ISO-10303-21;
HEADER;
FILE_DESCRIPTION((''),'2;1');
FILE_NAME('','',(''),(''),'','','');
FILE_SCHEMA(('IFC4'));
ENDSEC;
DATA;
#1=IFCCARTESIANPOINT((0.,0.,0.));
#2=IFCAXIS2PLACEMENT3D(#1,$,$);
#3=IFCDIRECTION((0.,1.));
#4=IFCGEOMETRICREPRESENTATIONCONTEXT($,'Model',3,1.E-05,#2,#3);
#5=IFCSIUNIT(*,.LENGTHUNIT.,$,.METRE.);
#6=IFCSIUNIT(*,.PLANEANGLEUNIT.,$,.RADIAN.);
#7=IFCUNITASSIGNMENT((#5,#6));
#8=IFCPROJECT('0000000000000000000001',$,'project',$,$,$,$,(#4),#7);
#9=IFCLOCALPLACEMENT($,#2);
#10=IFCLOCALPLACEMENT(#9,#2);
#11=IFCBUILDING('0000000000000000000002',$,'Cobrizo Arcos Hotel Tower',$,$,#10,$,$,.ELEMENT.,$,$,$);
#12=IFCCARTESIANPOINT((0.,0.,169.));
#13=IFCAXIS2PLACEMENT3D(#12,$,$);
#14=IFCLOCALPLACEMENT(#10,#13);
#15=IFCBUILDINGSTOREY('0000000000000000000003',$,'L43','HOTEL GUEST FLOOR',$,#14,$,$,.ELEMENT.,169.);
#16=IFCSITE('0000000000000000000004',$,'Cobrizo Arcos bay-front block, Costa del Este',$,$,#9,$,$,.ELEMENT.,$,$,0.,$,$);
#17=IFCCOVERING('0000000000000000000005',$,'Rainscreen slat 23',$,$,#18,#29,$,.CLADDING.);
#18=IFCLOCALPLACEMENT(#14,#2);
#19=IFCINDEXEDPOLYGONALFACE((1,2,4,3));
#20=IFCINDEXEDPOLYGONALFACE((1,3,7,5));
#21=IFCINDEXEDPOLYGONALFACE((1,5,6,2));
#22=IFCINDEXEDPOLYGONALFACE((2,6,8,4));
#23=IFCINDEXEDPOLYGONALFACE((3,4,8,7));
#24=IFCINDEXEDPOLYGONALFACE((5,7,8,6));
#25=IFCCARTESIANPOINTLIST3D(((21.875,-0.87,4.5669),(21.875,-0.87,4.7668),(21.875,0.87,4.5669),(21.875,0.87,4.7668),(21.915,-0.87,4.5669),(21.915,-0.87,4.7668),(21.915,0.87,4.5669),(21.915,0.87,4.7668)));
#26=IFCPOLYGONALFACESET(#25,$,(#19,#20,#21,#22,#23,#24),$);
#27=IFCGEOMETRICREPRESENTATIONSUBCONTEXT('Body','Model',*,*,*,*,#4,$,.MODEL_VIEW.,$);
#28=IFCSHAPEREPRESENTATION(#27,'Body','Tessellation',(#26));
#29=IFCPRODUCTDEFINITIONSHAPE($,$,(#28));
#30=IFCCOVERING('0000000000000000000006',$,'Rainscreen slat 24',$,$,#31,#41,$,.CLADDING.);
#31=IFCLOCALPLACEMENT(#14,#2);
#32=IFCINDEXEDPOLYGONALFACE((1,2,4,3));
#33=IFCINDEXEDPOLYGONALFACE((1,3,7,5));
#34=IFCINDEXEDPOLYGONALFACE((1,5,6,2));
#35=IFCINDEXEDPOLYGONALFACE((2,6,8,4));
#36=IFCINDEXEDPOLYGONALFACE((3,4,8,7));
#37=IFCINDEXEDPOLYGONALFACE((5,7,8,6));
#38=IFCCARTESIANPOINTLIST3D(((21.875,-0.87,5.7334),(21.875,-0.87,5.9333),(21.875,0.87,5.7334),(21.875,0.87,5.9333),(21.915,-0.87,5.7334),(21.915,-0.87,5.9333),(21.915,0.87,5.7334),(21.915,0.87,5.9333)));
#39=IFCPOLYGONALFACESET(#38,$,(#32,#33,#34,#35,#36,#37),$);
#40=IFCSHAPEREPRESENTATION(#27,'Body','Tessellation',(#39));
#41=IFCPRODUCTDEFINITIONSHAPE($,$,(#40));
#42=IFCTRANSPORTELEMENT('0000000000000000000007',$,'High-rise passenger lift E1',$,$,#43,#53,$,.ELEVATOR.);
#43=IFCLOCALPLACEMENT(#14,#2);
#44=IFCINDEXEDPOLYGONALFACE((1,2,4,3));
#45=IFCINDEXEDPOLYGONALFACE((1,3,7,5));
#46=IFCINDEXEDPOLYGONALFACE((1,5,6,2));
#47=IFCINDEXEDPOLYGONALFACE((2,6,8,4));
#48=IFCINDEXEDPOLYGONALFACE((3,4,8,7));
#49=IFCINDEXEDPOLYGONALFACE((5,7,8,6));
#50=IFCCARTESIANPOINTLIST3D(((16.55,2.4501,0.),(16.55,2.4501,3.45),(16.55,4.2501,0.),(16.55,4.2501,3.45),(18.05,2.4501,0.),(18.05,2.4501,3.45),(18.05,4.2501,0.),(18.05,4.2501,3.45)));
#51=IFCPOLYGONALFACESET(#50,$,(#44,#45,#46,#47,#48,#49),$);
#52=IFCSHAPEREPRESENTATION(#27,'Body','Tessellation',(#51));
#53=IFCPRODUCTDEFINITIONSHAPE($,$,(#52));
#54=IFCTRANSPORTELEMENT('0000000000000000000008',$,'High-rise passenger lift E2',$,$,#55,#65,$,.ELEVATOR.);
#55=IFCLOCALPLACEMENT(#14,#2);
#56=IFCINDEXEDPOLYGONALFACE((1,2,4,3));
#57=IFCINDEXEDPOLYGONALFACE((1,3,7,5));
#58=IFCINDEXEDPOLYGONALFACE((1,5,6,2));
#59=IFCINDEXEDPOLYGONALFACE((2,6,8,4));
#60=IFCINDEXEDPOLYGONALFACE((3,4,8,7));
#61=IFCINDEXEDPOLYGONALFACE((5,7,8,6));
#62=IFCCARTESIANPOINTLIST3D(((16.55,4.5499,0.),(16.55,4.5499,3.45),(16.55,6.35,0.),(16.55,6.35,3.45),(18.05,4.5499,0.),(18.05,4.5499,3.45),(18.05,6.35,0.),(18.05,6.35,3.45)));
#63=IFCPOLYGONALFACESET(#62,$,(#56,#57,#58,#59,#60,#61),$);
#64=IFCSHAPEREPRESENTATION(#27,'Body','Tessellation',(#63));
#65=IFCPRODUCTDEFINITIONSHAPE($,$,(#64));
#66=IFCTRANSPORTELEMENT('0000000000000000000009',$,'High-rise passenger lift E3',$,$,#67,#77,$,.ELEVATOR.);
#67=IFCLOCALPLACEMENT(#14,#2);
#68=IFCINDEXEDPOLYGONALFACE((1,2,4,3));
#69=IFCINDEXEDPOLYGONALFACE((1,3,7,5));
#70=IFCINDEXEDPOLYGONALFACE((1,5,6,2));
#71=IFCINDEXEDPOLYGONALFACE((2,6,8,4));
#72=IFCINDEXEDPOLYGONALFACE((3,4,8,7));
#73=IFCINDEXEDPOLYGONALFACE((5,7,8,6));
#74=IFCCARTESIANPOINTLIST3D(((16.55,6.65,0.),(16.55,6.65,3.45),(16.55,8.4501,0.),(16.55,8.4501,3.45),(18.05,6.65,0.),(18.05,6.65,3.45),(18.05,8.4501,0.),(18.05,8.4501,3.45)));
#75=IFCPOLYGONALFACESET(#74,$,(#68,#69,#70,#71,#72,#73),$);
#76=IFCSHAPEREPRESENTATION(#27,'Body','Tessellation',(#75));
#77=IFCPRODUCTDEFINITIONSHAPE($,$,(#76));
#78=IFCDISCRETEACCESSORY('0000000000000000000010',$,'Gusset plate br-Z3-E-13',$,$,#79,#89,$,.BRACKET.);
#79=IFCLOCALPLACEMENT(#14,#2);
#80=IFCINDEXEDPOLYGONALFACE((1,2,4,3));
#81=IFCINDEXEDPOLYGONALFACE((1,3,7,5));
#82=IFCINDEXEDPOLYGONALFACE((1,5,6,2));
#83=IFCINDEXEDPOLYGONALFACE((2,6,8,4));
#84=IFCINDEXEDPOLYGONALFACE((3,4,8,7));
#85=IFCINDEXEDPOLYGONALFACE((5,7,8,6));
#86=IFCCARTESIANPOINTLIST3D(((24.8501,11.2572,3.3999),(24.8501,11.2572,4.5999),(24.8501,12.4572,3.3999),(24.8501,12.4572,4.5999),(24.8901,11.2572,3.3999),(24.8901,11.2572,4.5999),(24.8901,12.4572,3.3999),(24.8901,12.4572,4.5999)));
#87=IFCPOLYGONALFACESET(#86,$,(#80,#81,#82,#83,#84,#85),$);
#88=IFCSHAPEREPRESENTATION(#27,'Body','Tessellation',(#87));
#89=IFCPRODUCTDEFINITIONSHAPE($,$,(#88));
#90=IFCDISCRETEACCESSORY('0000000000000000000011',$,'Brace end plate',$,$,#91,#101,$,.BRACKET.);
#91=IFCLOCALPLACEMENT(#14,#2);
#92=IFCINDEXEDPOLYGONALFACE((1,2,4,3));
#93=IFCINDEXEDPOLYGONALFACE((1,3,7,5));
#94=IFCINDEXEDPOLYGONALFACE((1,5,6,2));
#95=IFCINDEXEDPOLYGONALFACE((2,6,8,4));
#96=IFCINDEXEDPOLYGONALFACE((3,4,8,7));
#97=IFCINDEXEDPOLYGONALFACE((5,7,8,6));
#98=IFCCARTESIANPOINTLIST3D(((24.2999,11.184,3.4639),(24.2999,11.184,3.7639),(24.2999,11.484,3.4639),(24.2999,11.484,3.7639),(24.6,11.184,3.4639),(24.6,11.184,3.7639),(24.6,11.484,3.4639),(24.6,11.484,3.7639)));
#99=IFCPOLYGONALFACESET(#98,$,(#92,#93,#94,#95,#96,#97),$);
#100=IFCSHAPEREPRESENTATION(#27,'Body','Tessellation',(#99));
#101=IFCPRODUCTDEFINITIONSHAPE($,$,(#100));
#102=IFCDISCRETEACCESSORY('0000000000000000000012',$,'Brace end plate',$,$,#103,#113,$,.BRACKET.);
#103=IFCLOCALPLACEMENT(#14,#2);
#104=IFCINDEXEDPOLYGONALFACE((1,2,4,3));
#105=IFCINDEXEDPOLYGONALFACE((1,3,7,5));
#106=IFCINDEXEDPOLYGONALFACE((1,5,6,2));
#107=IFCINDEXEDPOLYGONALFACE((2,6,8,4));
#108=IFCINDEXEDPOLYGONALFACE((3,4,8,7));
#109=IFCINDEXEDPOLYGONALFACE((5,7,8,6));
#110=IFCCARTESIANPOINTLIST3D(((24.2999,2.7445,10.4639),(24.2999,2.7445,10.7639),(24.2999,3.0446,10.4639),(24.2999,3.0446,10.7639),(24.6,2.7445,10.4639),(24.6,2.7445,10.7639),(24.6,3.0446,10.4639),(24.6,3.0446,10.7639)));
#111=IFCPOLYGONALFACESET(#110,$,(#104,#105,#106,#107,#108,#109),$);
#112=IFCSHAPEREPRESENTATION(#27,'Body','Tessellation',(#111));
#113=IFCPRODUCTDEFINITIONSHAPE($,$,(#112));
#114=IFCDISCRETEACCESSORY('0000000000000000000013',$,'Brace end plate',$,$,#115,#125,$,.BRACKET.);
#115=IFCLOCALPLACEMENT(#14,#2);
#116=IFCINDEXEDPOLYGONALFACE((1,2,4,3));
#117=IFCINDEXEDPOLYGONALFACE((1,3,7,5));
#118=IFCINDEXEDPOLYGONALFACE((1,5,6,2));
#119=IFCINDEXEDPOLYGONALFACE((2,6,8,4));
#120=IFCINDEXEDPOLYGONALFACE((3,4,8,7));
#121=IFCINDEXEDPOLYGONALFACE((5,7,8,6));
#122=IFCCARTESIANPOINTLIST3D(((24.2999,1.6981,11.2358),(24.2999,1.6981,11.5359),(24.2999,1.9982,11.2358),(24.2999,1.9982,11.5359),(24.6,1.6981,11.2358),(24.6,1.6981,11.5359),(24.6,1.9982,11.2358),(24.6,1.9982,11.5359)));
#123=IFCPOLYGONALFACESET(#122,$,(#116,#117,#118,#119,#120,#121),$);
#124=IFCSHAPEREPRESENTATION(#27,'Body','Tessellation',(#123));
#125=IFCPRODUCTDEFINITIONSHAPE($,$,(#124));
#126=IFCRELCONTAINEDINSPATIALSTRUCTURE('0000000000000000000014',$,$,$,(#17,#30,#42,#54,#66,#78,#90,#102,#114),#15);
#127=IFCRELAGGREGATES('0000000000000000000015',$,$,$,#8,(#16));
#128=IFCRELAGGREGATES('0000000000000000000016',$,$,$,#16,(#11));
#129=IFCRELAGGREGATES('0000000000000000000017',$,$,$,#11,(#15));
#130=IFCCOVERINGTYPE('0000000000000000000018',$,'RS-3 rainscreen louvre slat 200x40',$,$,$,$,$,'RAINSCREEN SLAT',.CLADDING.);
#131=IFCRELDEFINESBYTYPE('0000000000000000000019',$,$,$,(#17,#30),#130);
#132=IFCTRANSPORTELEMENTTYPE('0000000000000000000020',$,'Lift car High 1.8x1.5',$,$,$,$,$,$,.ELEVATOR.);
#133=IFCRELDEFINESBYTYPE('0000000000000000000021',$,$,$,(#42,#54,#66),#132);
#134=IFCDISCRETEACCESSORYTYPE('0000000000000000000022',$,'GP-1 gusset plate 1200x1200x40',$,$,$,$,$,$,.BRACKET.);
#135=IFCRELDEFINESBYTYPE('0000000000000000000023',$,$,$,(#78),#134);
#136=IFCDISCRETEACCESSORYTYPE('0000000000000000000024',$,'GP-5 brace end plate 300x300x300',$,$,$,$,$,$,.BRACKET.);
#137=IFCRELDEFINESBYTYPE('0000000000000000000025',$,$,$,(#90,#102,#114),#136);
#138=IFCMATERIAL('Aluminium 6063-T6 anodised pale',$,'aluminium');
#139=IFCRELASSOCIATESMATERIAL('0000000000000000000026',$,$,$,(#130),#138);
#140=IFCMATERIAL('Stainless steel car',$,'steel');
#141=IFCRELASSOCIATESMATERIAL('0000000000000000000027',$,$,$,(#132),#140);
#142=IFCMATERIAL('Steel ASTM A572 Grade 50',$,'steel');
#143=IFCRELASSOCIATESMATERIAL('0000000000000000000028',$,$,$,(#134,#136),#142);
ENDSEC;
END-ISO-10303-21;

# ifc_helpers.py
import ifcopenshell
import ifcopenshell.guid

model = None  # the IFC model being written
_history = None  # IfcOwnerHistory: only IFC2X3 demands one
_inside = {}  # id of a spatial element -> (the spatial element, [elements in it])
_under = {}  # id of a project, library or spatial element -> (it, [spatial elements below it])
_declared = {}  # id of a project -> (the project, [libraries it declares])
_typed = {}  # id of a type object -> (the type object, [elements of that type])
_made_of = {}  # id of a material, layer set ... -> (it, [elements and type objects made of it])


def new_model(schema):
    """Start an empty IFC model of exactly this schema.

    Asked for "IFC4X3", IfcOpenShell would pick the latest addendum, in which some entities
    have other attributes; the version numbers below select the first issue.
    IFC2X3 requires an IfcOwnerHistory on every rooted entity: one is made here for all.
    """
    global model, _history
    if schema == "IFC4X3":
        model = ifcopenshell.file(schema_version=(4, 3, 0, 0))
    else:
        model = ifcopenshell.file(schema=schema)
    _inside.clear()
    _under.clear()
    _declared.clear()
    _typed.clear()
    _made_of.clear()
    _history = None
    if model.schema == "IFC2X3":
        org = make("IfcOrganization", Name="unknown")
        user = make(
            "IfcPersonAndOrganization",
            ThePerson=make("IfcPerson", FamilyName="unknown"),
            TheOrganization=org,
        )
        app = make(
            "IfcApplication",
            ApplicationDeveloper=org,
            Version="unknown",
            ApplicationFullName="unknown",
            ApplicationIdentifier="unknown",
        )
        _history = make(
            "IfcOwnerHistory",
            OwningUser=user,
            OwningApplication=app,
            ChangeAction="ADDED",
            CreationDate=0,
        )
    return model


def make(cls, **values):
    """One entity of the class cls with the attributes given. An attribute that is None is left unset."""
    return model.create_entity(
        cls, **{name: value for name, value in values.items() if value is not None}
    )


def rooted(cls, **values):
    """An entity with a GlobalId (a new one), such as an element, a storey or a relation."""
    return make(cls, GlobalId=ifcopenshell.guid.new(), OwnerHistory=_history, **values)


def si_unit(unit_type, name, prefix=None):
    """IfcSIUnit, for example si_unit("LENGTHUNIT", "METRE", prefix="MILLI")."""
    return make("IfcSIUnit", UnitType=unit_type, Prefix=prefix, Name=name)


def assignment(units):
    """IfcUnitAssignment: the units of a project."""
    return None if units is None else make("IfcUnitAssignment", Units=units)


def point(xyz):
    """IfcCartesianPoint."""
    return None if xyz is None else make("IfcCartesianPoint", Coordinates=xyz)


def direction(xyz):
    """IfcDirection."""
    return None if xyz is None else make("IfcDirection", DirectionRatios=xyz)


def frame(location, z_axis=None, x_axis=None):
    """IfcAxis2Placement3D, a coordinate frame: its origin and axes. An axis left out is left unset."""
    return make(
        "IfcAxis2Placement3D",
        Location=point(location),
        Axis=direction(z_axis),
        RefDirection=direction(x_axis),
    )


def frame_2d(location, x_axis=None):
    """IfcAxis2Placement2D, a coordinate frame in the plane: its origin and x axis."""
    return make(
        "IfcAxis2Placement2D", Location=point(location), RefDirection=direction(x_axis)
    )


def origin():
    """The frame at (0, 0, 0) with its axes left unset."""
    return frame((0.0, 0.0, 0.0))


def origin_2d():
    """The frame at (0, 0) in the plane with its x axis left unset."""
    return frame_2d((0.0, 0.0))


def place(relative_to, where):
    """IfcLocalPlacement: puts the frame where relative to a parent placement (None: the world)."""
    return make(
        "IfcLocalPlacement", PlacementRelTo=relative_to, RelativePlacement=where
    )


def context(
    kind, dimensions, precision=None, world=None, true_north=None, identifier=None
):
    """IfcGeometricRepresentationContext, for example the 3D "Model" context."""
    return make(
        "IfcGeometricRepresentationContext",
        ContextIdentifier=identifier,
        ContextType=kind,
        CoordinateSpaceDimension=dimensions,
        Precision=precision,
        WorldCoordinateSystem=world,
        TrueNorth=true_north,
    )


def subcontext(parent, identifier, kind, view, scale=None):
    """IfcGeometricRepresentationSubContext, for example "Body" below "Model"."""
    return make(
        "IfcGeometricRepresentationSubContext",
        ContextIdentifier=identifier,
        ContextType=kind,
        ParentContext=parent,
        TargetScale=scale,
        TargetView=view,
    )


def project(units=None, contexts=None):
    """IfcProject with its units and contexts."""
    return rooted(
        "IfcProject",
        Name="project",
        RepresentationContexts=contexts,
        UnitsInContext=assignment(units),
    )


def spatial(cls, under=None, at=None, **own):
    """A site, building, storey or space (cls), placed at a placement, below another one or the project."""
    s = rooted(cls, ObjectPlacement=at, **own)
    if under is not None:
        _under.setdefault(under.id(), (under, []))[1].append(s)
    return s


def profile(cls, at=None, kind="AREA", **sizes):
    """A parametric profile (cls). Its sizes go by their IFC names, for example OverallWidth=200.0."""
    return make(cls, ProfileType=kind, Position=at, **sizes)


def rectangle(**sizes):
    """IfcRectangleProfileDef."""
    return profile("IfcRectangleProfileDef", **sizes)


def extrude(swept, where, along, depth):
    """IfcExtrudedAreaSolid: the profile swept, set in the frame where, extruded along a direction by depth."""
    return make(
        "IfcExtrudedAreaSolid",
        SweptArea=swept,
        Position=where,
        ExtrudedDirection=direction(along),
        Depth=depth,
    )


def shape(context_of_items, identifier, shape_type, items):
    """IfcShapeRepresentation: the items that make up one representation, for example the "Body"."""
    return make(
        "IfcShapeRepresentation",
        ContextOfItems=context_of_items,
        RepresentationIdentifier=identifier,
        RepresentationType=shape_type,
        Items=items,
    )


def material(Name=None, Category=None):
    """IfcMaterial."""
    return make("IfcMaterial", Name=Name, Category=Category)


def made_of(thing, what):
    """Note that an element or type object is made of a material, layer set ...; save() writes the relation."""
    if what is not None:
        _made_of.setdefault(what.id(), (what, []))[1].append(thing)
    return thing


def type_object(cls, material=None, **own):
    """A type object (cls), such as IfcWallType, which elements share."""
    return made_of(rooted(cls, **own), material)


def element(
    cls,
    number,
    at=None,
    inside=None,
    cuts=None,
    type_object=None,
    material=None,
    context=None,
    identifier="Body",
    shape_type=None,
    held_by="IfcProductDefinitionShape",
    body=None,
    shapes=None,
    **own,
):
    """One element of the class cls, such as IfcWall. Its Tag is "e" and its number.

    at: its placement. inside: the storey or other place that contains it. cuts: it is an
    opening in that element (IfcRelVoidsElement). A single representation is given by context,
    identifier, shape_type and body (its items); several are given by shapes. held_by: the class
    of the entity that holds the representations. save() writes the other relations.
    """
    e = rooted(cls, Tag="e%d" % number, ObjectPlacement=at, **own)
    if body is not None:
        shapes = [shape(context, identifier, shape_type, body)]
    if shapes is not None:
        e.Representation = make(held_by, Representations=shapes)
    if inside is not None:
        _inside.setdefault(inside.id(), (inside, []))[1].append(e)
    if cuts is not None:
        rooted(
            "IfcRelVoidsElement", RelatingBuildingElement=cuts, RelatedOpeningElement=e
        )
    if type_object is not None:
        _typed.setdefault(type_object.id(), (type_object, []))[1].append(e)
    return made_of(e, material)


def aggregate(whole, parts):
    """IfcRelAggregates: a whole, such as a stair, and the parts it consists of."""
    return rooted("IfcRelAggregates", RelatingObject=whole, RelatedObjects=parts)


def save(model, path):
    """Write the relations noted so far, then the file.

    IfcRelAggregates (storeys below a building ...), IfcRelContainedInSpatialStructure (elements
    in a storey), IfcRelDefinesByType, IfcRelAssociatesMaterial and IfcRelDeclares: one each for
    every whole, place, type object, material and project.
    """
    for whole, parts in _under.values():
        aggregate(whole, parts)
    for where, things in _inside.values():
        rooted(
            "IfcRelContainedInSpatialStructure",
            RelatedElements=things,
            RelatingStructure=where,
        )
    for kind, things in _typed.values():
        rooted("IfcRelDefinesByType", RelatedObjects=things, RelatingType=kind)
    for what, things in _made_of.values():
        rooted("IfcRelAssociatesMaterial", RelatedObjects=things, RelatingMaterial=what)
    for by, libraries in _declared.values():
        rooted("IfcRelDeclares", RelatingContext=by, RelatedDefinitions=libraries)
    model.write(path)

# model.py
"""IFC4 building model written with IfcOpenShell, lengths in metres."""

from ifc_helpers import new_model, si_unit, direction, frame, origin, origin_2d, place, context, subcontext, project, spatial, rectangle, extrude, material, type_object, element, save


model = new_model("IFC4")

# Units and contexts
model_context = context("Model", 3, precision=1e-05, world=origin(), true_north=direction((0.0, 1.0)))
body_context = subcontext(model_context, "Body", "Model", "MODEL_VIEW")
ifc_project = project(units=[si_unit("LENGTHUNIT", "METRE"), si_unit("PLANEANGLEUNIT", "RADIAN")], contexts=[model_context])

# Site, building, storey
site_placement = place(None, origin())
site = spatial("IfcSite", under=ifc_project, at=site_placement, Name="Cobrizo Arcos bay-front block, Costa del Este", CompositionType="ELEMENT", RefElevation=0.0)
building_placement = place(site_placement, origin())
building = spatial("IfcBuilding", under=site, at=building_placement, Name="Cobrizo Arcos Hotel Tower", CompositionType="ELEMENT")
storey_placement = place(building_placement, frame((0.0, 0.0, 169.0)))
storey = spatial("IfcBuildingStorey", under=building, at=storey_placement, Name="L43", Description="HOTEL GUEST FLOOR", CompositionType="ELEMENT", Elevation=169.0)

# Shared definitions
ifc_material_1 = material(Name="Steel ASTM A572 Grade 50", Category="steel")

# Coverings
ifc_material_2 = material(Name="Aluminium 6063-T6 anodised pale", Category="aluminium")
covering_type_1 = type_object("IfcCoveringType", Name="RS-3 rainscreen louvre slat 200x40", ElementType="RAINSCREEN SLAT", PredefinedType="CLADDING", material=ifc_material_2)
for number, where, z_axis, x_axis, name in (
    (1, (21.895, 0.0, 4.5669), (0.0, 0.0, 1.0), (0.0, 1.0, 0.0), "Rainscreen slat 23"),
    (2, (21.895, 0.0, 5.7334), (0.0, 0.0, 1.0), (0.0, 1.0, 0.0), "Rainscreen slat 24"),
):
    element("IfcCovering", number, at=place(storey_placement, frame(where, z_axis=z_axis, x_axis=x_axis)), inside=storey, type_object=covering_type_1, Name=name, PredefinedType="CLADDING", context=body_context, shape_type="SweptSolid", body=[
        extrude(rectangle(XDim=1.74, YDim=0.04, at=origin_2d()), origin(), (0.0, 0.0, 1.0), 0.2),
    ])

# Transport elements
ifc_material_3 = material(Name="Stainless steel car", Category="steel")
transport_element_type = type_object("IfcTransportElementType", Name="Lift car High 1.8x1.5", PredefinedType="ELEVATOR", material=ifc_material_3)
for number, where, z_axis, x_axis, name in (
    (3, (17.3, 3.3501, 0.0), (0.0, 0.0, 1.0), (1.0, 0.0, 0.0), "High-rise passenger lift E1"),
    (4, (17.3, 5.45, 0.0), (0.0, 0.0, 1.0), (1.0, 0.0, 0.0), "High-rise passenger lift E2"),
    (5, (17.3, 7.55, 0.0), (0.0, 0.0, 1.0), (1.0, 0.0, 0.0), "High-rise passenger lift E3"),
):
    element("IfcTransportElement", number, at=place(storey_placement, frame(where, z_axis=z_axis, x_axis=x_axis)), inside=storey, type_object=transport_element_type, Name=name, PredefinedType="ELEVATOR", context=body_context, shape_type="SweptSolid", body=[
        extrude(rectangle(XDim=1.5, YDim=1.8, at=origin_2d()), origin(), (0.0, 0.0, 1.0), 3.45),
    ])

# Discrete accessories
discrete_accessory_type_1 = type_object("IfcDiscreteAccessoryType", Name="GP-1 gusset plate 1200x1200x40", PredefinedType="BRACKET", material=ifc_material_1)
discrete_accessory_placement = place(storey_placement, frame((24.8701, 11.8572, 3.3999), z_axis=(0.0, 0.0, 1.0), x_axis=(1.0, 0.0, 0.0)))
element("IfcDiscreteAccessory", 6, at=discrete_accessory_placement, inside=storey, type_object=discrete_accessory_type_1, Name="Gusset plate br-Z3-E-13", PredefinedType="BRACKET", context=body_context, shape_type="SweptSolid", body=[
    extrude(rectangle(XDim=0.04, YDim=1.2, at=origin_2d()), origin(), (0.0, 0.0, 1.0), 1.2),
])
discrete_accessory_type_2 = type_object("IfcDiscreteAccessoryType", Name="GP-5 brace end plate 300x300x300", PredefinedType="BRACKET", material=ifc_material_1)
for number, where, z_axis, x_axis, name in (
    (7, (24.45, 11.334, 3.4639), (0.0, 0.0, 1.0), (1.0, 0.0, 0.0), "Brace end plate"),
    (8, (24.45, 2.8945, 10.4639), (0.0, 0.0, 1.0), (1.0, 0.0, 0.0), "Brace end plate"),
    (9, (24.45, 1.8481, 11.2358), (0.0, 0.0, 1.0), (1.0, 0.0, 0.0), "Brace end plate"),
):
    element("IfcDiscreteAccessory", number, at=place(storey_placement, frame(where, z_axis=z_axis, x_axis=x_axis)), inside=storey, type_object=discrete_accessory_type_2, Name=name, PredefinedType="BRACKET", context=body_context, shape_type="SweptSolid", body=[
        extrude(rectangle(XDim=0.3, YDim=0.3, at=origin_2d()), origin(), (0.0, 0.0, 1.0), 0.3),
    ])

save(model, "model.ifc")
